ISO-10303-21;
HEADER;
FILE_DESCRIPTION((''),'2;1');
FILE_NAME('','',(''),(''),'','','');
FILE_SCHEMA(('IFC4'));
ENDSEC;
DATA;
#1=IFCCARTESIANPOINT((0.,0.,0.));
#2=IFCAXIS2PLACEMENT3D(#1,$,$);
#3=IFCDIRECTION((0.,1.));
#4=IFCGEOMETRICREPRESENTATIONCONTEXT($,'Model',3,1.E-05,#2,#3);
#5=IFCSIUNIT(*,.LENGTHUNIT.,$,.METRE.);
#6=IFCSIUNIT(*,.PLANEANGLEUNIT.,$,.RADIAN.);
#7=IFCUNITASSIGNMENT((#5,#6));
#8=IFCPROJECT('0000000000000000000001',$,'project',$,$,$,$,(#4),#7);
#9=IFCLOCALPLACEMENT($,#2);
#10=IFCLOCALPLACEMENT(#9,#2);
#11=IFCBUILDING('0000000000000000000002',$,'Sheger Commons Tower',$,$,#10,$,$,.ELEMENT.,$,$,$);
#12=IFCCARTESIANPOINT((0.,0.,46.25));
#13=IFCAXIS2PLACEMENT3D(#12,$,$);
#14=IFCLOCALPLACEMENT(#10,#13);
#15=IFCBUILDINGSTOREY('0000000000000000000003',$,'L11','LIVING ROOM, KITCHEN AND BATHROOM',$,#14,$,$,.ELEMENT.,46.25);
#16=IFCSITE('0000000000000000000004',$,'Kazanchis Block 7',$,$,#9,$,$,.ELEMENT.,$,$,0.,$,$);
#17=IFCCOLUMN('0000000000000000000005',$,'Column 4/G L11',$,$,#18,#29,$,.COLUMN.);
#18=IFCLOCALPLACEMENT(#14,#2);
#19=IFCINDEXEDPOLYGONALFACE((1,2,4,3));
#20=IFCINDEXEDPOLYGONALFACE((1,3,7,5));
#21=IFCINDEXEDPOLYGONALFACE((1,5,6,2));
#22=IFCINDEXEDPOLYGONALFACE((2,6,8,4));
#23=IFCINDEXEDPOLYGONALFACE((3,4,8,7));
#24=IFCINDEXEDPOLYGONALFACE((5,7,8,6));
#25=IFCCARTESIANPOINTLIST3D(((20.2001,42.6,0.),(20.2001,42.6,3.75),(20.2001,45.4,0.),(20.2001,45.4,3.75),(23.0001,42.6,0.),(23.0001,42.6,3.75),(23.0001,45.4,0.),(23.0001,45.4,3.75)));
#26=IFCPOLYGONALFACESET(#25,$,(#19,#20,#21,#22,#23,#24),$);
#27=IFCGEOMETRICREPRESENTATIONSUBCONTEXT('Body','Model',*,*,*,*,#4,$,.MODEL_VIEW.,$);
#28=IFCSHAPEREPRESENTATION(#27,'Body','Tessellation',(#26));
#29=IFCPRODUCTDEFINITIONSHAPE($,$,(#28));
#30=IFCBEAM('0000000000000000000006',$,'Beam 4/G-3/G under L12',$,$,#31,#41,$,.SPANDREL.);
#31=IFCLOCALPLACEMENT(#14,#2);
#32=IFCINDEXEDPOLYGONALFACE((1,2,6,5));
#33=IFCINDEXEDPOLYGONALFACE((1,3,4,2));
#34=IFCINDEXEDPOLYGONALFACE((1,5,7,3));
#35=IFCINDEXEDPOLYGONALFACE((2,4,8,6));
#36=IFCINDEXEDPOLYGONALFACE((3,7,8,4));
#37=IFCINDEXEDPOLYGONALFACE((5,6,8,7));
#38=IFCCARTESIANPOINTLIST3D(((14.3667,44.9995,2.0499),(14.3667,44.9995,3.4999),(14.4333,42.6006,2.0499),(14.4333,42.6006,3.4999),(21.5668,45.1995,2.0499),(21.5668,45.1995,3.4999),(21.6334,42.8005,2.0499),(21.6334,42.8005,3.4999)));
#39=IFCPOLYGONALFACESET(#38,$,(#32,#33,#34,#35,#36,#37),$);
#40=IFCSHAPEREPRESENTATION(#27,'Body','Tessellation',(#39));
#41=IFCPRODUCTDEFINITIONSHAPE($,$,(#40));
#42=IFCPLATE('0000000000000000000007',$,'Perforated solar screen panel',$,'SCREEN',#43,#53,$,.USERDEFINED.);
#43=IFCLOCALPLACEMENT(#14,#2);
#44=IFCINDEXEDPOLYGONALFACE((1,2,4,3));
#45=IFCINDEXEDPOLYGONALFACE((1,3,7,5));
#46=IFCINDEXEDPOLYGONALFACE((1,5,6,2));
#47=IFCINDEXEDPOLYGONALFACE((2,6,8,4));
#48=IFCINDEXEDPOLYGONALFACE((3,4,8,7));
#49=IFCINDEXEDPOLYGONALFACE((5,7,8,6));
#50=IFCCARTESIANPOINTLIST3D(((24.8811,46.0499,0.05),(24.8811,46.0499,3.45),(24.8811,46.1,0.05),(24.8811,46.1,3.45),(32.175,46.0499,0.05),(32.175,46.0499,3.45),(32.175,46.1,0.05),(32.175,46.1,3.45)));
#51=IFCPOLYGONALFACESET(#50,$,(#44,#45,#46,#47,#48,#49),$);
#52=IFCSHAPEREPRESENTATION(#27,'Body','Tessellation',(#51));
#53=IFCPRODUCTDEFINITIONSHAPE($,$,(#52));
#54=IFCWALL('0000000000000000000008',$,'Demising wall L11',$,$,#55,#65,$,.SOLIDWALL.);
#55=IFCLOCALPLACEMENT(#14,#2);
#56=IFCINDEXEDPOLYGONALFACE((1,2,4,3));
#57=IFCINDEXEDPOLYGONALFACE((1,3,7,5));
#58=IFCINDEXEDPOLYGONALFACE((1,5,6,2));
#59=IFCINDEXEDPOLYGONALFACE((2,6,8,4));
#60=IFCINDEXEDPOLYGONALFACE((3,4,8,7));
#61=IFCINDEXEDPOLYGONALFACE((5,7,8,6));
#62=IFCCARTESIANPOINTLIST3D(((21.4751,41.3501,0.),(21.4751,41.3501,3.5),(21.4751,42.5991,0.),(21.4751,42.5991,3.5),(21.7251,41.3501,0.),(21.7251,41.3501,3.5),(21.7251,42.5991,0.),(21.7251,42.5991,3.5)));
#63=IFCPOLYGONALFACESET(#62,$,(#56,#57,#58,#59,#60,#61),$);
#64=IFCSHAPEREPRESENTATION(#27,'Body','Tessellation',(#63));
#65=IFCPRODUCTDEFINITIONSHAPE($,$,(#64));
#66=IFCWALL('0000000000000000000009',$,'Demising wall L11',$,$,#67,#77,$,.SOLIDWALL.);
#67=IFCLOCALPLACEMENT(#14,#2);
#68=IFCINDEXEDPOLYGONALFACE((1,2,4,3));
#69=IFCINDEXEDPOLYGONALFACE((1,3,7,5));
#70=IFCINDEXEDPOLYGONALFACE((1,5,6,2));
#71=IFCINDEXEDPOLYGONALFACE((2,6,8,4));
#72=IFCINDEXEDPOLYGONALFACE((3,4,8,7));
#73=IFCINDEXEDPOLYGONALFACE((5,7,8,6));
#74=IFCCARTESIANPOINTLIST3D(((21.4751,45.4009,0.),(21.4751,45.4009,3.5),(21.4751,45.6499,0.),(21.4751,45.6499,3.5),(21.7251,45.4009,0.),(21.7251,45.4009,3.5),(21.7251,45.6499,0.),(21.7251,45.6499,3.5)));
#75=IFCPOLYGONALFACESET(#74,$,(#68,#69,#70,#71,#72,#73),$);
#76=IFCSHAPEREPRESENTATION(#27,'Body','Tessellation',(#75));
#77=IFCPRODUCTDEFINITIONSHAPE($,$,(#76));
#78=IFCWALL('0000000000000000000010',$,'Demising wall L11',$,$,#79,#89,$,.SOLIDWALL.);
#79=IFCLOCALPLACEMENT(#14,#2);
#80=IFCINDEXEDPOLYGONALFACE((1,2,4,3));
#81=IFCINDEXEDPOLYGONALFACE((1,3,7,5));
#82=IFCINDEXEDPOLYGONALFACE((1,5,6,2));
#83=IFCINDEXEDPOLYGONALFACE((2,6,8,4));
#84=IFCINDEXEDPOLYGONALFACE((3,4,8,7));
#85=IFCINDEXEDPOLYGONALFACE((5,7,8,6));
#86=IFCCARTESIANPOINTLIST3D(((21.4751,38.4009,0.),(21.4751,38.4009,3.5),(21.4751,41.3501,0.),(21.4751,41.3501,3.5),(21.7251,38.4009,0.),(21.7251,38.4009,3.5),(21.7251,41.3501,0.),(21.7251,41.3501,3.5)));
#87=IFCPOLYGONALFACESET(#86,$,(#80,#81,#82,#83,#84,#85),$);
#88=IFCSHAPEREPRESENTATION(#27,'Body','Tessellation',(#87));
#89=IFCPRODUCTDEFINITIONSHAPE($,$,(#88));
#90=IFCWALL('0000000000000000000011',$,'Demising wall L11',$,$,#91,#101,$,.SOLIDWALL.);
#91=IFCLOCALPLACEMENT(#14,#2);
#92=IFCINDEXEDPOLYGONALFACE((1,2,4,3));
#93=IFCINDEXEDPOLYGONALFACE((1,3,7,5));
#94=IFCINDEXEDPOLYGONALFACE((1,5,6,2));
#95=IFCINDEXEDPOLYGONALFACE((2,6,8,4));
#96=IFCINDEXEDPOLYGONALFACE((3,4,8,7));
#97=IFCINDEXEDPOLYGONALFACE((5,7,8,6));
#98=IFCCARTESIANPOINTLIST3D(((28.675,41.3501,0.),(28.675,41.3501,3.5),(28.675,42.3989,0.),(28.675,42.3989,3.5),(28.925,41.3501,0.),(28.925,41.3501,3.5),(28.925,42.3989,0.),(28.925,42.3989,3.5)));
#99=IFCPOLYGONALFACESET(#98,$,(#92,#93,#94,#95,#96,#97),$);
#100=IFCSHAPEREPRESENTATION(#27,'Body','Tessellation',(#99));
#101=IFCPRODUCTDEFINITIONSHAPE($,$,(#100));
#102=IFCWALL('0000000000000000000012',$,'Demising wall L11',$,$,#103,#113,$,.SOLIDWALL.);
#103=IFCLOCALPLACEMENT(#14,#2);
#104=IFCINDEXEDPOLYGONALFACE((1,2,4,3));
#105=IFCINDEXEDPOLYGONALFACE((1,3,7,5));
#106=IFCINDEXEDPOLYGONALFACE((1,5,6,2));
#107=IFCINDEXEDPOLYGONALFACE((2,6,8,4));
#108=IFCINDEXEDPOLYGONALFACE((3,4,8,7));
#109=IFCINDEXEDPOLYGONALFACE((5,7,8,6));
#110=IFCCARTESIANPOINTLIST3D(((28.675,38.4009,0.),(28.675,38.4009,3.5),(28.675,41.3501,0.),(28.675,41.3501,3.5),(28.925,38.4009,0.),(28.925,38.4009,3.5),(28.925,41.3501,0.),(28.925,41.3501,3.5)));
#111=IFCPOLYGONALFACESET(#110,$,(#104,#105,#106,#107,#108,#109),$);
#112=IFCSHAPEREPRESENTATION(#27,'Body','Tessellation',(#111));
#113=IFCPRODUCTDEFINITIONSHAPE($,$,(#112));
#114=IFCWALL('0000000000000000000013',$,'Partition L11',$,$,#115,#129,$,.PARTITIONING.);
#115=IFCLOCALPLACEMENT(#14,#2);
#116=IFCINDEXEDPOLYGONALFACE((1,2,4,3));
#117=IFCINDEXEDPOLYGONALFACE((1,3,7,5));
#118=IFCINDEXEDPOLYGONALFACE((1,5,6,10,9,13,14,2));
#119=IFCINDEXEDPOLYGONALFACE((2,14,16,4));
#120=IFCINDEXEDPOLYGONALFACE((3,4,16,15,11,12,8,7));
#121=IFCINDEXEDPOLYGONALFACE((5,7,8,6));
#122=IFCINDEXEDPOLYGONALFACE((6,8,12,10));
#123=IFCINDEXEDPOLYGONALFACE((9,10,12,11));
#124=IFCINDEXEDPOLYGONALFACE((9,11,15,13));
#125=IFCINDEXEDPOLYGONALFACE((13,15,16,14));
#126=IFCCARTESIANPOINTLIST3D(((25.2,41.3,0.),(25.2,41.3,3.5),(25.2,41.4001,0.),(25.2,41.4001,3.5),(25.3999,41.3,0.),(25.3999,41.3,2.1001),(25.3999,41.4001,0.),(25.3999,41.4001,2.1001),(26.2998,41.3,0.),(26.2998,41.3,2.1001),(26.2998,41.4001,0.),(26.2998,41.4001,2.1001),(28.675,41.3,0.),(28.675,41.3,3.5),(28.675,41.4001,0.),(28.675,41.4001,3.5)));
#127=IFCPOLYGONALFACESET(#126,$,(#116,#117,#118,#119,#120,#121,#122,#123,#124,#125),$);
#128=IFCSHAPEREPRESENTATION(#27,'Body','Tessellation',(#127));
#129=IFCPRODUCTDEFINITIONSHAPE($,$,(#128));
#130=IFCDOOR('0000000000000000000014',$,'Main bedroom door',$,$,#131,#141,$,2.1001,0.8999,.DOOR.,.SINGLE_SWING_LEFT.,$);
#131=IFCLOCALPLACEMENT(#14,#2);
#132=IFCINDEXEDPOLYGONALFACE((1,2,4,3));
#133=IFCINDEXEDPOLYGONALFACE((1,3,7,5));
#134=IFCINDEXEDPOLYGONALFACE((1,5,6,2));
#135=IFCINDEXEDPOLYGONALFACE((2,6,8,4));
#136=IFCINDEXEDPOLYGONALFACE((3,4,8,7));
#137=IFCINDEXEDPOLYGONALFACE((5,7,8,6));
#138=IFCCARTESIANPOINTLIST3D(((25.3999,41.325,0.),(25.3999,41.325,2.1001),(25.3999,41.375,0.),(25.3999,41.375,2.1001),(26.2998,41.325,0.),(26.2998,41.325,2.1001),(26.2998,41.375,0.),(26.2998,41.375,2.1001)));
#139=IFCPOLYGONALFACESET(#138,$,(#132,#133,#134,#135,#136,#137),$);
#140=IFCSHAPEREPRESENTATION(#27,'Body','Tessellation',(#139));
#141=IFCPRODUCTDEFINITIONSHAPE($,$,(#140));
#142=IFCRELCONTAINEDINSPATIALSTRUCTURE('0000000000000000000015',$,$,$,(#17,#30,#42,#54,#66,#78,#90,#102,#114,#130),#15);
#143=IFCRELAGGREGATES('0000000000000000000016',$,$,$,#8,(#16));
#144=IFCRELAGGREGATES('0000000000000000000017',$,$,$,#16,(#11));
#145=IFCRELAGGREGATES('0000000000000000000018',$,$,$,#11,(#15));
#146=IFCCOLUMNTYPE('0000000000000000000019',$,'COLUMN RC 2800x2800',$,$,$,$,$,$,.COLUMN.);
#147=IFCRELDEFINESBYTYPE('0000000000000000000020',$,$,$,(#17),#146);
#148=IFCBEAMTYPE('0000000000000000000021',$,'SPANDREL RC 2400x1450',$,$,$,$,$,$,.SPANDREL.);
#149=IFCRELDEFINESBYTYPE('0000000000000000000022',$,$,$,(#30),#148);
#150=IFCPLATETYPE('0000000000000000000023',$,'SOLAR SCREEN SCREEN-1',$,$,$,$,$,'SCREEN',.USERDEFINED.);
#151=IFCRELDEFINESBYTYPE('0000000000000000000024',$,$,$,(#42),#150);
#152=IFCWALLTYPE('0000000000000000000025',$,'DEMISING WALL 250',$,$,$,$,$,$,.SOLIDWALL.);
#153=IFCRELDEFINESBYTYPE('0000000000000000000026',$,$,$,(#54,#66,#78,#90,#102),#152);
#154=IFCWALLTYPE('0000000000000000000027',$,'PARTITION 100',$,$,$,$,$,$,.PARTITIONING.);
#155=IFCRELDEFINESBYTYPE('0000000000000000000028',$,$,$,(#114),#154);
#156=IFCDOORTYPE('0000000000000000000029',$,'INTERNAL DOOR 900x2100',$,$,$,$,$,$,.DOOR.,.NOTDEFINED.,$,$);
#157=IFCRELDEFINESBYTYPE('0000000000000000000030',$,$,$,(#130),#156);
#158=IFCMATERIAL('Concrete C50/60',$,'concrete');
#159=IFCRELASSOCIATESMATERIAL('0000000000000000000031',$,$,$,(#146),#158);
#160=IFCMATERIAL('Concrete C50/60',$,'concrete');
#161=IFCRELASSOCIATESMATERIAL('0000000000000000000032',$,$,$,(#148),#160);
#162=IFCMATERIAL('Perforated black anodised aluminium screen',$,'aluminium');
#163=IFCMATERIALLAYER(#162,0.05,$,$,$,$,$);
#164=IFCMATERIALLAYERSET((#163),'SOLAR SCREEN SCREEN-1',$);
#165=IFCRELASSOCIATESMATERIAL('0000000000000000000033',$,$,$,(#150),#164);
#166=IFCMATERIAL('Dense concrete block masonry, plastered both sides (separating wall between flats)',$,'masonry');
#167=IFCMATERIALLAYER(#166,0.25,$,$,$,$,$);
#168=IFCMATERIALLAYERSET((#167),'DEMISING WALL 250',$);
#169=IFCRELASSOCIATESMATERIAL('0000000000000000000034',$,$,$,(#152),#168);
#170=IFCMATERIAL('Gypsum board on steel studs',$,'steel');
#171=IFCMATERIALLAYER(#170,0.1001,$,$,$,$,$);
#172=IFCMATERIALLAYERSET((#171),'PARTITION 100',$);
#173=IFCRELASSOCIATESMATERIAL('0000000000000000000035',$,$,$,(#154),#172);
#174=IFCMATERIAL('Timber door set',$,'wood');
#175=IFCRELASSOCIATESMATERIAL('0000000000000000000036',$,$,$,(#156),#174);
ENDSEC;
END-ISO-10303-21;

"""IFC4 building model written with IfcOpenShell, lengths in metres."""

from ifc_helpers import new_model, si_unit, direction, frame, frame_2d, origin, origin_2d, place, context, subcontext, project, spatial, rectangle, extrude, material, layer, layer_set, material_profile, profile_set, type_object, element, fill, save


model = new_model("IFC4")

# Units and contexts
model_context = context("Model", 3, precision=1e-05, world=origin(), true_north=direction((0.0, 1.0)))
body_context = subcontext(model_context, "Body", "Model", "MODEL_VIEW")
ifc_project = project(units=[si_unit("LENGTHUNIT", "METRE"), si_unit("PLANEANGLEUNIT", "RADIAN")], contexts=[model_context])

# Site, building, storey
site_placement = place(None, origin())
site = spatial("IfcSite", under=ifc_project, at=site_placement, Name="Kazanchis Block 7", CompositionType="ELEMENT", RefElevation=0.0)
building_placement = place(site_placement, origin())
building = spatial("IfcBuilding", under=site, at=building_placement, Name="Sheger Commons Tower", CompositionType="ELEMENT")
storey_placement = place(building_placement, frame((0.0, 0.0, 46.25)))
storey = spatial("IfcBuildingStorey", under=building, at=storey_placement, Name="L11", Description="LIVING ROOM, KITCHEN AND BATHROOM", CompositionType="ELEMENT", Elevation=46.25)

# Column
ifc_material_1 = material(Name="Concrete C50/60", Category="concrete")
ifc_material_profile_1 = material_profile(ifc_material_1, rectangle(XDim=2.8, YDim=2.8, at=origin_2d()), Name="RC 2800x2800")
ifc_profile_set_1 = profile_set([ifc_material_profile_1], Name="Concrete C50/60")
column_type = type_object("IfcColumnType", Name="COLUMN RC 2800x2800", PredefinedType="COLUMN", material=ifc_profile_set_1)
column_placement = place(storey_placement, frame((21.6001, 44.0, 0.0), z_axis=(0.0, 0.0, 1.0), x_axis=(1.0, 0.0, 0.0)))
element("IfcColumn", 1, at=column_placement, inside=storey, type_object=column_type, Name="Column 4/G L11", PredefinedType="COLUMN", context=body_context, shape_type="SweptSolid", body=[
    extrude(rectangle(XDim=2.8, YDim=2.8, at=origin_2d()), origin(), (0.0, 0.0, 1.0), 3.75),
])

# Beam
ifc_material_2 = material(Name="Concrete C50/60", Category="concrete")
ifc_material_profile_2 = material_profile(ifc_material_2, rectangle(XDim=2.3999, YDim=1.45, at=origin_2d()), Name="RC 2400x1450")
ifc_profile_set_2 = profile_set([ifc_material_profile_2], Name="Concrete C50/60")
beam_type = type_object("IfcBeamType", Name="SPANDREL RC 2400x1450", PredefinedType="SPANDREL", material=ifc_profile_set_2)
beam_placement = place(storey_placement, frame((21.6001, 44.0, 2.7749), z_axis=(-0.999615, -0.02776, 0.0), x_axis=(0.02776, -0.999615, 0.0)))
element("IfcBeam", 2, at=beam_placement, inside=storey, type_object=beam_type, Name="Beam 4/G-3/G under L12", PredefinedType="SPANDREL", context=body_context, shape_type="SweptSolid", body=[
    extrude(rectangle(XDim=2.3999, YDim=1.45, at=origin_2d()), origin(), (0.0, 0.0, 1.0), 7.2029),
])

# Plate
ifc_material_3 = material(Name="Perforated black anodised aluminium screen", Category="aluminium")
ifc_layer_1 = layer(ifc_material_3, 0.05)
ifc_layer_set_1 = layer_set([ifc_layer_1], Name="SOLAR SCREEN SCREEN-1")
plate_type = type_object("IfcPlateType", Name="SOLAR SCREEN SCREEN-1", ElementType="SCREEN", PredefinedType="USERDEFINED", material=ifc_layer_set_1)
plate_placement = place(storey_placement, frame((28.5281, 46.075, 0.05), z_axis=(0.0, 0.0, 1.0), x_axis=(-1.0, 0.0, 0.0)))
element("IfcPlate", 3, at=plate_placement, inside=storey, type_object=plate_type, Name="Perforated solar screen panel", ObjectType="SCREEN", PredefinedType="USERDEFINED", context=body_context, shape_type="SweptSolid", body=[
    extrude(rectangle(XDim=7.2939, YDim=0.05, at=origin_2d()), origin(), (0.0, 0.0, 1.0), 3.3999),
])

# Walls
ifc_material_4 = material(Name="Dense concrete block masonry, plastered both sides (separating wall between flats)", Category="masonry")
ifc_layer_2 = layer(ifc_material_4, 0.25)
ifc_layer_set_2 = layer_set([ifc_layer_2], Name="DEMISING WALL 250")
wall_type_1 = type_object("IfcWallType", Name="DEMISING WALL 250", PredefinedType="SOLIDWALL", material=ifc_layer_set_2)
wall_1_placement = place(storey_placement, frame((21.6001, 41.3501, 0.0), z_axis=(0.0, 0.0, 1.0), x_axis=(0.0, 1.0, 0.0)))
element("IfcWall", 4, at=wall_1_placement, inside=storey, type_object=wall_type_1, Name="Demising wall L11", PredefinedType="SOLIDWALL", context=body_context, shape_type="SweptSolid", body=[
    extrude(rectangle(XDim=1.249, YDim=0.25, at=frame_2d((0.6245, 0.0))), origin(), (0.0, 0.0, 1.0), 3.5),
])
wall_2_placement = place(storey_placement, frame((21.6001, 45.4009, 0.0), z_axis=(0.0, 0.0, 1.0), x_axis=(0.0, 1.0, 0.0)))
element("IfcWall", 5, at=wall_2_placement, inside=storey, type_object=wall_type_1, Name="Demising wall L11", PredefinedType="SOLIDWALL", context=body_context, shape_type="SweptSolid", body=[
    extrude(rectangle(XDim=0.249, YDim=0.25, at=frame_2d((0.1245, 0.0))), origin(), (0.0, 0.0, 1.0), 3.5),
])
wall_3_placement = place(storey_placement, frame((21.6001, 38.4009, 0.0), z_axis=(0.0, 0.0, 1.0), x_axis=(0.0, 1.0, 0.0)))
element("IfcWall", 6, at=wall_3_placement, inside=storey, type_object=wall_type_1, Name="Demising wall L11", PredefinedType="SOLIDWALL", context=body_context, shape_type="SweptSolid", body=[
    extrude(rectangle(XDim=2.9492, YDim=0.25, at=frame_2d((1.4746, 0.0))), origin(), (0.0, 0.0, 1.0), 3.5),
])
wall_4_placement = place(storey_placement, frame((28.8, 41.3501, 0.0), z_axis=(0.0, 0.0, 1.0), x_axis=(0.0, 1.0, 0.0)))
element("IfcWall", 7, at=wall_4_placement, inside=storey, type_object=wall_type_1, Name="Demising wall L11", PredefinedType="SOLIDWALL", context=body_context, shape_type="SweptSolid", body=[
    extrude(rectangle(XDim=1.0488, YDim=0.25, at=frame_2d((0.5244, 0.0))), origin(), (0.0, 0.0, 1.0), 3.5),
])
wall_5_placement = place(storey_placement, frame((28.8, 38.4009, 0.0), z_axis=(0.0, 0.0, 1.0), x_axis=(0.0, 1.0, 0.0)))
element("IfcWall", 8, at=wall_5_placement, inside=storey, type_object=wall_type_1, Name="Demising wall L11", PredefinedType="SOLIDWALL", context=body_context, shape_type="SweptSolid", body=[
    extrude(rectangle(XDim=2.9492, YDim=0.25, at=frame_2d((1.4746, 0.0))), origin(), (0.0, 0.0, 1.0), 3.5),
])

# Wall, opening, door
ifc_material_5 = material(Name="Gypsum board on steel studs", Category="steel")
ifc_layer_3 = layer(ifc_material_5, 0.1001)
ifc_layer_set_3 = layer_set([ifc_layer_3], Name="PARTITION 100")
wall_type_2 = type_object("IfcWallType", Name="PARTITION 100", PredefinedType="PARTITIONING", material=ifc_layer_set_3)
wall_6_placement = place(storey_placement, frame((25.2, 41.3501, 0.0), z_axis=(0.0, 0.0, 1.0), x_axis=(1.0, 0.0, 0.0)))
wall_6 = element("IfcWall", 9, at=wall_6_placement, inside=storey, type_object=wall_type_2, Name="Partition L11", PredefinedType="PARTITIONING", context=body_context, shape_type="SweptSolid", body=[
    extrude(rectangle(XDim=3.4751, YDim=0.1001, at=frame_2d((1.7375, 0.0))), origin(), (0.0, 0.0, 1.0), 3.5),
])
opening_1_placement = place(wall_6_placement, frame((0.2, 0.0, 0.0)))
opening_1 = element("IfcOpeningElement", 10, at=opening_1_placement, cuts=wall_6, PredefinedType="OPENING", context=body_context, shape_type="SweptSolid", body=[
    extrude(rectangle(XDim=0.8999, YDim=2.1001, at=frame_2d((0.45, 1.05))), frame((0.0, 0.0601, 0.0), z_axis=(0.0, -1.0, 0.0), x_axis=(1.0, 0.0, 0.0)), (0.0, 0.0, 1.0), 0.1201),
])
ifc_material_6 = material(Name="Timber door set", Category="wood")
door_type = type_object("IfcDoorType", Name="INTERNAL DOOR 900x2100", OperationType="NOTDEFINED", PredefinedType="DOOR", material=ifc_material_6)
door_1_placement = place(opening_1_placement, origin())
door_1 = element("IfcDoor", 11, at=door_1_placement, inside=storey, type_object=door_type, Name="Main bedroom door", OperationType="SINGLE_SWING_LEFT", OverallHeight=2.1001, OverallWidth=0.8999, PredefinedType="DOOR", context=body_context, shape_type="SweptSolid", body=[
    extrude(rectangle(XDim=0.8999, YDim=2.1001, at=frame_2d((0.45, 1.05))), frame((0.0, 0.0249, 0.0), z_axis=(0.0, -1.0, 0.0), x_axis=(1.0, 0.0, 0.0)), (0.0, 0.0, 1.0), 0.05),
])
fill(opening_1, door_1)

save(model, "model.ifc")
